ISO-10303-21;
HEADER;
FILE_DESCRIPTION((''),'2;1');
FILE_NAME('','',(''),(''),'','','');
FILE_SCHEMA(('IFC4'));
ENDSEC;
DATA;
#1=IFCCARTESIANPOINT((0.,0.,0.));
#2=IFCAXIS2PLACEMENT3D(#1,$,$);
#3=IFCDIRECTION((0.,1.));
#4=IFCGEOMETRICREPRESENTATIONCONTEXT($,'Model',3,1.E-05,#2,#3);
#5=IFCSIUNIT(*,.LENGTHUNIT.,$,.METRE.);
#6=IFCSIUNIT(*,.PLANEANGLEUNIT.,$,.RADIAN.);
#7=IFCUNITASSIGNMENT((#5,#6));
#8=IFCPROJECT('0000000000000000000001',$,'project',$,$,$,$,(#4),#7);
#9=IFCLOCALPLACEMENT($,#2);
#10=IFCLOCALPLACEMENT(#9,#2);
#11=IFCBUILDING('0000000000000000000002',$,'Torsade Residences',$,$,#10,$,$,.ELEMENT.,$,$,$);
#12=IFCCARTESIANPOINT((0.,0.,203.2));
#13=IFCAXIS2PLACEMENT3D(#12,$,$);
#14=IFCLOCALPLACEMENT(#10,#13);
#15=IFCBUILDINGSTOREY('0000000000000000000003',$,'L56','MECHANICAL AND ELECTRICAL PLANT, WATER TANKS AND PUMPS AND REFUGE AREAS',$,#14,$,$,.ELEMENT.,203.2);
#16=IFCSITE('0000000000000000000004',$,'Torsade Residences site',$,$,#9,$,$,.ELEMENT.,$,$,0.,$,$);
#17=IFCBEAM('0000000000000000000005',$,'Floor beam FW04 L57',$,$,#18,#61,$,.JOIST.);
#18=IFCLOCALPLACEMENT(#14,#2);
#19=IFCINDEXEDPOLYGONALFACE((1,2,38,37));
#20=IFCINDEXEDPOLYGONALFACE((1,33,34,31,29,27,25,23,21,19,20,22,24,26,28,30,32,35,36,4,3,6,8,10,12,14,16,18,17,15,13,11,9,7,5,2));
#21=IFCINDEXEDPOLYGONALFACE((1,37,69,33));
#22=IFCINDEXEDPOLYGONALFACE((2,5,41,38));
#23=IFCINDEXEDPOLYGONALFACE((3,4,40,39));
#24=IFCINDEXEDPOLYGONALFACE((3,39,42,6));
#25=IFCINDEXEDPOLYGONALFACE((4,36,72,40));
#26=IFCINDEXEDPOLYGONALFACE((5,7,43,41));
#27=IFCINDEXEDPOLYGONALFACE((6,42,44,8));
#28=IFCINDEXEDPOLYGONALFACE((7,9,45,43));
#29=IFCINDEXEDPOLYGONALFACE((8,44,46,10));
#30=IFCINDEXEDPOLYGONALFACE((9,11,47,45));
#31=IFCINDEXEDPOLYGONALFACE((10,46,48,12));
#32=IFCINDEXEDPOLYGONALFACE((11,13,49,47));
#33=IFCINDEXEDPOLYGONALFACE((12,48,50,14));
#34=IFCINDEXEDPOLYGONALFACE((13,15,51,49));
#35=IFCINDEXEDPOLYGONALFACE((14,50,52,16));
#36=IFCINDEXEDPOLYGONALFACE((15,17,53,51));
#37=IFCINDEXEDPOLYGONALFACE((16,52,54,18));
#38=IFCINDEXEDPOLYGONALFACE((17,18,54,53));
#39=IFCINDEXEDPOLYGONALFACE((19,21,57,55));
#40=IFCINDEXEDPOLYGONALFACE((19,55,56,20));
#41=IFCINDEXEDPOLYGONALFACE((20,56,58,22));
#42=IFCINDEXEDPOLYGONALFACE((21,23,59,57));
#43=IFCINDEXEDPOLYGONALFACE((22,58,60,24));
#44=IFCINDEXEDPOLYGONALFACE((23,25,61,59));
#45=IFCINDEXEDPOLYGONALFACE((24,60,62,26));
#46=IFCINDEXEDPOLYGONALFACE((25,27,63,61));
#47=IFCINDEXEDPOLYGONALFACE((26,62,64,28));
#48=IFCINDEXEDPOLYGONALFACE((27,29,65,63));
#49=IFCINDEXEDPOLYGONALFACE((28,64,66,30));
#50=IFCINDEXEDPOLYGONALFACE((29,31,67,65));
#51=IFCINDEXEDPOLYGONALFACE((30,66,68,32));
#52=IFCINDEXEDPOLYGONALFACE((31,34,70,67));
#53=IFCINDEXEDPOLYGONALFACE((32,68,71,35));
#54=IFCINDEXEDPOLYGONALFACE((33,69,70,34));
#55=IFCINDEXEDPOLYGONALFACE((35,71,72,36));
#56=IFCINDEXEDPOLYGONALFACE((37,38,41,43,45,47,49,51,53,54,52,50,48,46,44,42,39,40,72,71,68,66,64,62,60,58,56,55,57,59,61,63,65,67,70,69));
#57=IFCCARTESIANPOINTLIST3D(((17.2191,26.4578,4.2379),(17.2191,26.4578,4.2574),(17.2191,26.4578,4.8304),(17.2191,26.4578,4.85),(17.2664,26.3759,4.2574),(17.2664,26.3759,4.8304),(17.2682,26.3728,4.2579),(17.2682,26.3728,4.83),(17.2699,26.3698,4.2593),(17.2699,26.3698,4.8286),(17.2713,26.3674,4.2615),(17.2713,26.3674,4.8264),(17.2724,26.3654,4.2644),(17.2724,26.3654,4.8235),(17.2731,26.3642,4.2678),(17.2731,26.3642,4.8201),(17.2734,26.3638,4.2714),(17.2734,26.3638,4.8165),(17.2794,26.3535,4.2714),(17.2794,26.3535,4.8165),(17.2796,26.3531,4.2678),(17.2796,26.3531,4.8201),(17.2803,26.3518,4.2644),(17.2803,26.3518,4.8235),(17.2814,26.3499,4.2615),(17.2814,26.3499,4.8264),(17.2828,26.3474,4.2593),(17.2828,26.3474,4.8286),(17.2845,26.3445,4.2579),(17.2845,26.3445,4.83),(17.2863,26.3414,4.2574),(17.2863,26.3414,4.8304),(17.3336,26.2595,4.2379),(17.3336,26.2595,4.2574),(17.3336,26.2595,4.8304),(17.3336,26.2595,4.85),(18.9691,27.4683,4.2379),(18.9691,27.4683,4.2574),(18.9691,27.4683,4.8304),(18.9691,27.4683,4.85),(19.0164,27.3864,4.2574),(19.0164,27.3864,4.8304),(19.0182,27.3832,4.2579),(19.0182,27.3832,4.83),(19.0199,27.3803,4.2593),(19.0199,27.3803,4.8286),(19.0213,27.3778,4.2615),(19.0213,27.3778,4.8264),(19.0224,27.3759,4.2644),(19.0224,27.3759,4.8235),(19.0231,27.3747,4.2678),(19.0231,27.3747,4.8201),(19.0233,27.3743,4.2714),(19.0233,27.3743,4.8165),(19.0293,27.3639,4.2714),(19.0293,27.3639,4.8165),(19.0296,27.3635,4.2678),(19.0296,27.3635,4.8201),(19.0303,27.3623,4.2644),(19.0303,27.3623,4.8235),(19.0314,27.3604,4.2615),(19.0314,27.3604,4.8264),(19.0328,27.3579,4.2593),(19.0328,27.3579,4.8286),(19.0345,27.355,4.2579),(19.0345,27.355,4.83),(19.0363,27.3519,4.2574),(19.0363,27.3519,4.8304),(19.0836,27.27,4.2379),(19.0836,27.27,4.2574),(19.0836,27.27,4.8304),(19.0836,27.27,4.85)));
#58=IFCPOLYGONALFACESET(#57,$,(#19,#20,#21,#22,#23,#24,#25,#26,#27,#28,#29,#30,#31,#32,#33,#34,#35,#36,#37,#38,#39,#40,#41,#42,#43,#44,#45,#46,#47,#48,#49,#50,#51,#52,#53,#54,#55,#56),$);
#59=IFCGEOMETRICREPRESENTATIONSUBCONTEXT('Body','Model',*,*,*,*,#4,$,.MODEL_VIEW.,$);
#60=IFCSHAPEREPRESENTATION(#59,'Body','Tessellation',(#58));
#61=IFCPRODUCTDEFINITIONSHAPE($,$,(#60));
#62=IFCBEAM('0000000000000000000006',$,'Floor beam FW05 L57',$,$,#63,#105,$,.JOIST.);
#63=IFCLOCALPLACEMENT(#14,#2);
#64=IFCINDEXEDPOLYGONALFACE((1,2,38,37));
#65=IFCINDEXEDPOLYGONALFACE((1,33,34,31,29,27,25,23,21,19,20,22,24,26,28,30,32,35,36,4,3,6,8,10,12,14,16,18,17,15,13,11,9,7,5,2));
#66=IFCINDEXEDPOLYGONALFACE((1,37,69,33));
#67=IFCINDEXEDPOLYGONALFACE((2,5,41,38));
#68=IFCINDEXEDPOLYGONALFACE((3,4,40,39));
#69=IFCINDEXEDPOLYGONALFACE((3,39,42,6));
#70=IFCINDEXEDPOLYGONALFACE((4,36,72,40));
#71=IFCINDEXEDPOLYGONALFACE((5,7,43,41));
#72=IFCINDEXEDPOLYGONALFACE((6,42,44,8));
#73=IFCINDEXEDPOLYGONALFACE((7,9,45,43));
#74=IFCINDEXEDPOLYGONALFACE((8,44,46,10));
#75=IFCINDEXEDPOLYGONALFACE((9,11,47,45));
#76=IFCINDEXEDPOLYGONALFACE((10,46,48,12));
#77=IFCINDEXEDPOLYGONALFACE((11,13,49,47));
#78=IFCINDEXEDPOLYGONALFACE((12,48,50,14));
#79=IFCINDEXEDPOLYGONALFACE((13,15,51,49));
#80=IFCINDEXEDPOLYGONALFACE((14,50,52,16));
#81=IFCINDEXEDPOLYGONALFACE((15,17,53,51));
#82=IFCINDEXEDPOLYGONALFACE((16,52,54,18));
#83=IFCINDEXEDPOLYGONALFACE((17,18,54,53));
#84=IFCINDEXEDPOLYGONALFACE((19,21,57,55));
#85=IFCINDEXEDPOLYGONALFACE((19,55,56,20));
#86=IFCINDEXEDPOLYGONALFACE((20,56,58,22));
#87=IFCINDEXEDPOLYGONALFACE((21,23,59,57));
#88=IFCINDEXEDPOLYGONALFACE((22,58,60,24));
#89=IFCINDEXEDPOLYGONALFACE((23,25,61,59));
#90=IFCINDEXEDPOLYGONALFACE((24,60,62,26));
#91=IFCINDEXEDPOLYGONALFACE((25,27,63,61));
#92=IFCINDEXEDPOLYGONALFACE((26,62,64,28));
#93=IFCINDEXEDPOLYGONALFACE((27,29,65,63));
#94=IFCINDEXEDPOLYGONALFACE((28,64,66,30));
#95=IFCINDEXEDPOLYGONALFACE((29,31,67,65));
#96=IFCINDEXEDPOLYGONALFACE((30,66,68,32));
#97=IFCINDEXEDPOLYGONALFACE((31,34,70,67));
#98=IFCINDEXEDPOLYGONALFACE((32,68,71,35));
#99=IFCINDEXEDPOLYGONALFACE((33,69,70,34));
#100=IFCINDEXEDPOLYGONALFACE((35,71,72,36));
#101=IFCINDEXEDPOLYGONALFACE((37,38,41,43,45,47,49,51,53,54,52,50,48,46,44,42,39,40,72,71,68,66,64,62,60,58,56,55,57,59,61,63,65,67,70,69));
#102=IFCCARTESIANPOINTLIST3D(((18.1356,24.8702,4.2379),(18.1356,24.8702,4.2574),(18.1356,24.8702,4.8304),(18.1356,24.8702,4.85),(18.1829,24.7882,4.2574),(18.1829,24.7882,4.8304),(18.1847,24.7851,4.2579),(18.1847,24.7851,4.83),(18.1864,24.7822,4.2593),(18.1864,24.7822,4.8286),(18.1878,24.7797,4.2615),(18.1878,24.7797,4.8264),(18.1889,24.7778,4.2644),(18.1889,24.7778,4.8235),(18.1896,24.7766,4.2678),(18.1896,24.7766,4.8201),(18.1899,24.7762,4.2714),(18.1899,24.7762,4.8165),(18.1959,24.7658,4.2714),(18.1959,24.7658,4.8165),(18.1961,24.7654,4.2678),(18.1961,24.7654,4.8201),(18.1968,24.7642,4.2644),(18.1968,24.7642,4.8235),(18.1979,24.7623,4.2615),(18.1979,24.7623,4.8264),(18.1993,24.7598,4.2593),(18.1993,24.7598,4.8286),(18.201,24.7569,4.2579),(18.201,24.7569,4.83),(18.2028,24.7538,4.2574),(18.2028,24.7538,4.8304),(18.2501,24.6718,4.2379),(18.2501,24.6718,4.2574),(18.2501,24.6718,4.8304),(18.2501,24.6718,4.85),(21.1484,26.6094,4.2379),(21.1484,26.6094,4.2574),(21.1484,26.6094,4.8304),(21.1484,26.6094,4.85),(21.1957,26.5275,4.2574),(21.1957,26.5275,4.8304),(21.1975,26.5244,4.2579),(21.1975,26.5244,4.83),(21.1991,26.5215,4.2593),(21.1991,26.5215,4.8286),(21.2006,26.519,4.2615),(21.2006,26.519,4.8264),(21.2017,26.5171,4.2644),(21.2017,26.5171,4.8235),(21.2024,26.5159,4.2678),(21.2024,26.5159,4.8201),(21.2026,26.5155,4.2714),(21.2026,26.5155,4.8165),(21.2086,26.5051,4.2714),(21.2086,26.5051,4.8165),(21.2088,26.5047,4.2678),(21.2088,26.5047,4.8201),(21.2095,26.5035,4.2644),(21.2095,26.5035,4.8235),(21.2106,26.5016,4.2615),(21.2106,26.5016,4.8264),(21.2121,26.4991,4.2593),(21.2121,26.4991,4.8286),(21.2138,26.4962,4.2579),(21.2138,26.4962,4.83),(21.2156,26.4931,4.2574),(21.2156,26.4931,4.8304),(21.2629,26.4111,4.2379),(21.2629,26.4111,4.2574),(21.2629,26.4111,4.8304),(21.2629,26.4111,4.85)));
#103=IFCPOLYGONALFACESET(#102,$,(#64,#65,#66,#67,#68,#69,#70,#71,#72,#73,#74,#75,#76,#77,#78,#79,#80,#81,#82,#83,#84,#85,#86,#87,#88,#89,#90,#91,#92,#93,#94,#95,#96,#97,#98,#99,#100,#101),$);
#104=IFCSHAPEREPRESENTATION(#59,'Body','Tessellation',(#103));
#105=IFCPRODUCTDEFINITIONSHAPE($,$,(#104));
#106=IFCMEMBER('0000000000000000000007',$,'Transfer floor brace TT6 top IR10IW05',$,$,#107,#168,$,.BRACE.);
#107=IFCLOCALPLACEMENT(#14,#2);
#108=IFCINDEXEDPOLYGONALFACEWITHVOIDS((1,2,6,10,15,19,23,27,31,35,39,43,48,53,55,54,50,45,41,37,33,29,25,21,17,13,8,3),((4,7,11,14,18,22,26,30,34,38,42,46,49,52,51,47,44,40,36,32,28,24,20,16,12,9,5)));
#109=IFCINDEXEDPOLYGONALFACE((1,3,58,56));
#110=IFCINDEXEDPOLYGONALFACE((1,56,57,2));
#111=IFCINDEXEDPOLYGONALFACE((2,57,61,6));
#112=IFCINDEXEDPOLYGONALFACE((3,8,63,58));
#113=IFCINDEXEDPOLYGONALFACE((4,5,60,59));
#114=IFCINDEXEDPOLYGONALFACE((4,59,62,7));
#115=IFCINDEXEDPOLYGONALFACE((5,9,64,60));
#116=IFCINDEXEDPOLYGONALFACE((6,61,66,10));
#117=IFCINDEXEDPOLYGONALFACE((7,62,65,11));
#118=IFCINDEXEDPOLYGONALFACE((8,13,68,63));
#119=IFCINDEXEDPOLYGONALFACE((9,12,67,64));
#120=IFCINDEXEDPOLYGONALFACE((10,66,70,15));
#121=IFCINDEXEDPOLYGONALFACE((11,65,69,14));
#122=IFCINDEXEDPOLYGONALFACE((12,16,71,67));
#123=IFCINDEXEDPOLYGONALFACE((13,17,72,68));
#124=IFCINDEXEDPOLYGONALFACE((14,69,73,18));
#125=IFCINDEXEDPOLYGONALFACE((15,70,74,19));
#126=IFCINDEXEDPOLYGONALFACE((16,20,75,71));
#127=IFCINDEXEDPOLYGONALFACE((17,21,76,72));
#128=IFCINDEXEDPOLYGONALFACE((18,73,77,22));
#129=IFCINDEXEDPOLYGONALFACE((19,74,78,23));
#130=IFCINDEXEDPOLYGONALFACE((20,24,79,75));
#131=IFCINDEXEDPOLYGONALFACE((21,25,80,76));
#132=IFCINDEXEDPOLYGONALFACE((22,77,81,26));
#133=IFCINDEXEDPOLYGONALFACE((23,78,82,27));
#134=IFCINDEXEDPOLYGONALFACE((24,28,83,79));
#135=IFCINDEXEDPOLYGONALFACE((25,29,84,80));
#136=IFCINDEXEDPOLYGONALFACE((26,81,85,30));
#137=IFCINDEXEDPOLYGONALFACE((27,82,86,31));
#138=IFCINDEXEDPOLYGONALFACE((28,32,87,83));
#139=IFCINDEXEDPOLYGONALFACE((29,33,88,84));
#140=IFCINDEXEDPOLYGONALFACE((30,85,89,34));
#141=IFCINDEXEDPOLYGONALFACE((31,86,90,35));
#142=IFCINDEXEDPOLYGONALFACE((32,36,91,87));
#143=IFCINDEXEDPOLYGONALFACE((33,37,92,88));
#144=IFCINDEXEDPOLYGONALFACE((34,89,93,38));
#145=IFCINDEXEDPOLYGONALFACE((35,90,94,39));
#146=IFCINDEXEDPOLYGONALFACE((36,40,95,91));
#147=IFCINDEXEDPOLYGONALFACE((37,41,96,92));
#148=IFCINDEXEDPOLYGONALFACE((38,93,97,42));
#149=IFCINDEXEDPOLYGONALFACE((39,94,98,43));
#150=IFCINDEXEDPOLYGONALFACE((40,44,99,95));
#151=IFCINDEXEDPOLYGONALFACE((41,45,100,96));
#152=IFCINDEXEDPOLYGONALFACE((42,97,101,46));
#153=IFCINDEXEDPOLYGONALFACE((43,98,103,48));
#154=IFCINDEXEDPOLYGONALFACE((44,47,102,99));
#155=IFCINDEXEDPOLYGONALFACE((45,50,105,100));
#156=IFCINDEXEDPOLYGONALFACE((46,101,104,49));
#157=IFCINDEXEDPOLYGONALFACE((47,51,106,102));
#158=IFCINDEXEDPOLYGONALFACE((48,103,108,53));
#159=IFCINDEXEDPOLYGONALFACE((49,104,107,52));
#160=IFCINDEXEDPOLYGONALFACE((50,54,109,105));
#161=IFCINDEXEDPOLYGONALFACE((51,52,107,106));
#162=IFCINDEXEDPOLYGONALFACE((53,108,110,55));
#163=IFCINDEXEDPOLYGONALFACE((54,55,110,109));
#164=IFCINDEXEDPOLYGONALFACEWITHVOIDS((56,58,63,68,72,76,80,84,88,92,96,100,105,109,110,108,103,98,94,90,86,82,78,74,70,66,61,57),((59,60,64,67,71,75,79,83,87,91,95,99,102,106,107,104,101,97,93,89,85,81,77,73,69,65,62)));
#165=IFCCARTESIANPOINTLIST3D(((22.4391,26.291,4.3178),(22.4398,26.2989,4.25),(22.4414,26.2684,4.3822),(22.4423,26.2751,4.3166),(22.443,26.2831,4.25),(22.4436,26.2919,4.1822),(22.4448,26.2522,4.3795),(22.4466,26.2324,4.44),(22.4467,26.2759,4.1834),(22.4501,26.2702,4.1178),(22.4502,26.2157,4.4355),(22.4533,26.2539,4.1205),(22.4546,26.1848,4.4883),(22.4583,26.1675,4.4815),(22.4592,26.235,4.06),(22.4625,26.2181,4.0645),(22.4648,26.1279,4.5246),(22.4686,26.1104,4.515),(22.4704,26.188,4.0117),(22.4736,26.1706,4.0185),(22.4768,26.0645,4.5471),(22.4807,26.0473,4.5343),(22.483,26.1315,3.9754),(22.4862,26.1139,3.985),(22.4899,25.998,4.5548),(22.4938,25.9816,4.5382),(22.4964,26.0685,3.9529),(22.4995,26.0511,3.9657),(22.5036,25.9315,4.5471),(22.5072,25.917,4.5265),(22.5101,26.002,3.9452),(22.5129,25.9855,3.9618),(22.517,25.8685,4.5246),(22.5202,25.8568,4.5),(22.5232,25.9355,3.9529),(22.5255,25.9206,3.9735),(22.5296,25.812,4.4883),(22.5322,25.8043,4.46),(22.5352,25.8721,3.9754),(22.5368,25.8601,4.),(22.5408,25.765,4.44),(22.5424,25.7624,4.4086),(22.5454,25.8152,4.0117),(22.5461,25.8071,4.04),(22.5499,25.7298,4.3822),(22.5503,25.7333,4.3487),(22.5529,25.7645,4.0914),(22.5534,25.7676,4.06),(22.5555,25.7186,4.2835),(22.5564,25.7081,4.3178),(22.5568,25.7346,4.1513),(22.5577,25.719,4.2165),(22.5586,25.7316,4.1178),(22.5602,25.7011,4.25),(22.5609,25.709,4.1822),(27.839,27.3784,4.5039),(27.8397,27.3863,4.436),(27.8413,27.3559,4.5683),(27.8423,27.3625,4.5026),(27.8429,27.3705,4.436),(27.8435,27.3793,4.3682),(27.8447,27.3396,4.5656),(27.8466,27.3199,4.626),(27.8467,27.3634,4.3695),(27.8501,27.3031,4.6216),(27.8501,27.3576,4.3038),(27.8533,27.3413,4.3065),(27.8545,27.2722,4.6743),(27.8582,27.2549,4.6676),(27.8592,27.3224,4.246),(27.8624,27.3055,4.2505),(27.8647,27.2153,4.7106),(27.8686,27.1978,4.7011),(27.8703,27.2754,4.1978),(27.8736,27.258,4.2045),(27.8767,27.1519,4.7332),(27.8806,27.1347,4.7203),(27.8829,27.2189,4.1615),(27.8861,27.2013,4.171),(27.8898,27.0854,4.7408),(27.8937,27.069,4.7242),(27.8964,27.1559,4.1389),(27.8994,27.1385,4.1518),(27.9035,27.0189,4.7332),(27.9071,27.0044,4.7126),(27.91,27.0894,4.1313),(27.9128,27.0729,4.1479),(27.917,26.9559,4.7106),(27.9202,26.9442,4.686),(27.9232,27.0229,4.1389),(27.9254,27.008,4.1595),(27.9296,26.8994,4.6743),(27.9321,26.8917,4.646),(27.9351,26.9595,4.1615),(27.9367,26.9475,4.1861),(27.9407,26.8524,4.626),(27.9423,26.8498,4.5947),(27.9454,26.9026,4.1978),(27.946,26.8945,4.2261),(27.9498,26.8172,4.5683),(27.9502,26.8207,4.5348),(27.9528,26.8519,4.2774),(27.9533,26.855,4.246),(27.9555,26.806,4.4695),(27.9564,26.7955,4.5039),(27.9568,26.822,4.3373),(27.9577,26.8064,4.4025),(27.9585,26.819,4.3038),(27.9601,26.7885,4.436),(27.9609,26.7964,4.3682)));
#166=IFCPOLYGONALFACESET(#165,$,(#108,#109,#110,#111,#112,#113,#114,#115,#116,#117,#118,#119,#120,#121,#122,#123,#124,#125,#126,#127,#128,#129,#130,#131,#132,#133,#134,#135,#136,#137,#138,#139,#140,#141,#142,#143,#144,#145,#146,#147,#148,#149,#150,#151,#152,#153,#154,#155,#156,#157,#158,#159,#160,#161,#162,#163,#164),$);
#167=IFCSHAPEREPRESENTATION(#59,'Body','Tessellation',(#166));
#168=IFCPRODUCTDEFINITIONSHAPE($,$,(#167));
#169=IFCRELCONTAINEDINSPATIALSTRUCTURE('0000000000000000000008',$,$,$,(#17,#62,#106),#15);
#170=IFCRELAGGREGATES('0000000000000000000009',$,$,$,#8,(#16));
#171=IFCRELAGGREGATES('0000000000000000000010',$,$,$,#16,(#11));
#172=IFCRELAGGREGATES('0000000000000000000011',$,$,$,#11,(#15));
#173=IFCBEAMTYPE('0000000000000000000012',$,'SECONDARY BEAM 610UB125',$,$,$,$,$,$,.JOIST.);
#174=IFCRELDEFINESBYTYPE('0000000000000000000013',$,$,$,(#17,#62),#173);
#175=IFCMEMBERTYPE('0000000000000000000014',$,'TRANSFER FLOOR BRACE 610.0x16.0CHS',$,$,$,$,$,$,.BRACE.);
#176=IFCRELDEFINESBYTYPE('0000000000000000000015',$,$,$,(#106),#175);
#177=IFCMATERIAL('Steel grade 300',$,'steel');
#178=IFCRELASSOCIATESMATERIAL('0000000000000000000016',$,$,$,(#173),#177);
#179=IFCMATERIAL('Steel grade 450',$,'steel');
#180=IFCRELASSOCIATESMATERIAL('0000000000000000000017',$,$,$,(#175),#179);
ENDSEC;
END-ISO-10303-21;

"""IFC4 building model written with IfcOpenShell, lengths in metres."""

from ifc_helpers import new_model, si_unit, direction, frame, origin, origin_2d, place, context, subcontext, project, spatial, hollow_circle, i_section, extrude, material, material_profile, profile_set, type_object, element, save


model = new_model("IFC4")

# Units and contexts
model_context = context("Model", 3, precision=1e-05, world=origin(), true_north=direction((0.0, 1.0)))
body_context = subcontext(model_context, "Body", "Model", "MODEL_VIEW")
ifc_project = project(units=[si_unit("LENGTHUNIT", "METRE"), si_unit("PLANEANGLEUNIT", "RADIAN")], contexts=[model_context])

# Site, building, storey
site_placement = place(None, origin())
site = spatial("IfcSite", under=ifc_project, at=site_placement, Name="Torsade Residences site", CompositionType="ELEMENT", RefElevation=0.0)
building_placement = place(site_placement, origin())
building = spatial("IfcBuilding", under=site, at=building_placement, Name="Torsade Residences", CompositionType="ELEMENT")
storey_placement = place(building_placement, frame((0.0, 0.0, 203.2)))
storey = spatial("IfcBuildingStorey", under=building, at=storey_placement, Name="L56", Description="MECHANICAL AND ELECTRICAL PLANT, WATER TANKS AND PUMPS AND REFUGE AREAS", CompositionType="ELEMENT", Elevation=203.2)

# Beams
ifc_material_1 = material(Name="Steel grade 300", Category="steel")
ifc_material_profile_1 = material_profile(ifc_material_1, i_section(OverallWidth=0.229, OverallDepth=0.6121, WebThickness=0.012, FlangeThickness=0.0195, FilletRadius=0.0139, at=origin_2d()), Name="610UB125")
ifc_profile_set_1 = profile_set([ifc_material_profile_1], Name="Steel grade 300")
beam_type_1 = type_object("IfcBeamType", Name="SECONDARY BEAM 610UB125", PredefinedType="JOIST", material=ifc_profile_set_1)
beam_1_placement = place(storey_placement, frame((17.2764, 26.3586, 4.5439), z_axis=(0.865996, 0.50005, 0.0), x_axis=(-0.50005, 0.865996, 0.0)))
element("IfcBeam", 1, at=beam_1_placement, inside=storey, type_object=beam_type_1, Name="Floor beam FW04 L57", PredefinedType="JOIST", context=body_context, shape_type="SweptSolid", body=[
    extrude(i_section(OverallWidth=0.229, OverallDepth=0.6121, WebThickness=0.012, FlangeThickness=0.0195, FilletRadius=0.0139, at=origin_2d()), origin(), (0.0, 0.0, 1.0), 2.0208),
])
beam_2_placement = place(storey_placement, frame((18.1929, 24.771, 4.5439), z_axis=(0.866041, 0.499974, 0.0), x_axis=(-0.499974, 0.866041, 0.0)))
element("IfcBeam", 2, at=beam_2_placement, inside=storey, type_object=beam_type_1, Name="Floor beam FW05 L57", PredefinedType="JOIST", context=body_context, shape_type="SweptSolid", body=[
    extrude(i_section(OverallWidth=0.229, OverallDepth=0.6121, WebThickness=0.012, FlangeThickness=0.0195, FilletRadius=0.0139, at=origin_2d()), origin(), (0.0, 0.0, 1.0), 3.4788),
])

# Member
ifc_material_2 = material(Name="Steel grade 450", Category="steel")
ifc_material_profile_2 = material_profile(ifc_material_2, hollow_circle(Radius=0.3049, WallThickness=0.0161, at=origin_2d()), Name="610.0x16.0CHS")
ifc_profile_set_2 = profile_set([ifc_material_profile_2], Name="Steel grade 450")
member_type_1 = type_object("IfcMemberType", Name="TRANSFER FLOOR BRACE 610.0x16.0CHS", PredefinedType="BRACE", material=ifc_profile_set_2)
member_1_placement = place(storey_placement, frame((22.5, 26.0, 4.25), z_axis=(0.979762, 0.197299, 0.033754), x_axis=(-0.197412, 0.980321, 0.0)))
element("IfcMember", 3, at=member_1_placement, inside=storey, type_object=member_type_1, Name="Transfer floor brace TT6 top IR10IW05", PredefinedType="BRACE", context=body_context, shape_type="SweptSolid", body=[
    extrude(hollow_circle(Radius=0.3049, WallThickness=0.0161, at=origin_2d()), origin(), (0.0, 0.0, 1.0), 5.5115),
])

save(model, "model.ifc")
